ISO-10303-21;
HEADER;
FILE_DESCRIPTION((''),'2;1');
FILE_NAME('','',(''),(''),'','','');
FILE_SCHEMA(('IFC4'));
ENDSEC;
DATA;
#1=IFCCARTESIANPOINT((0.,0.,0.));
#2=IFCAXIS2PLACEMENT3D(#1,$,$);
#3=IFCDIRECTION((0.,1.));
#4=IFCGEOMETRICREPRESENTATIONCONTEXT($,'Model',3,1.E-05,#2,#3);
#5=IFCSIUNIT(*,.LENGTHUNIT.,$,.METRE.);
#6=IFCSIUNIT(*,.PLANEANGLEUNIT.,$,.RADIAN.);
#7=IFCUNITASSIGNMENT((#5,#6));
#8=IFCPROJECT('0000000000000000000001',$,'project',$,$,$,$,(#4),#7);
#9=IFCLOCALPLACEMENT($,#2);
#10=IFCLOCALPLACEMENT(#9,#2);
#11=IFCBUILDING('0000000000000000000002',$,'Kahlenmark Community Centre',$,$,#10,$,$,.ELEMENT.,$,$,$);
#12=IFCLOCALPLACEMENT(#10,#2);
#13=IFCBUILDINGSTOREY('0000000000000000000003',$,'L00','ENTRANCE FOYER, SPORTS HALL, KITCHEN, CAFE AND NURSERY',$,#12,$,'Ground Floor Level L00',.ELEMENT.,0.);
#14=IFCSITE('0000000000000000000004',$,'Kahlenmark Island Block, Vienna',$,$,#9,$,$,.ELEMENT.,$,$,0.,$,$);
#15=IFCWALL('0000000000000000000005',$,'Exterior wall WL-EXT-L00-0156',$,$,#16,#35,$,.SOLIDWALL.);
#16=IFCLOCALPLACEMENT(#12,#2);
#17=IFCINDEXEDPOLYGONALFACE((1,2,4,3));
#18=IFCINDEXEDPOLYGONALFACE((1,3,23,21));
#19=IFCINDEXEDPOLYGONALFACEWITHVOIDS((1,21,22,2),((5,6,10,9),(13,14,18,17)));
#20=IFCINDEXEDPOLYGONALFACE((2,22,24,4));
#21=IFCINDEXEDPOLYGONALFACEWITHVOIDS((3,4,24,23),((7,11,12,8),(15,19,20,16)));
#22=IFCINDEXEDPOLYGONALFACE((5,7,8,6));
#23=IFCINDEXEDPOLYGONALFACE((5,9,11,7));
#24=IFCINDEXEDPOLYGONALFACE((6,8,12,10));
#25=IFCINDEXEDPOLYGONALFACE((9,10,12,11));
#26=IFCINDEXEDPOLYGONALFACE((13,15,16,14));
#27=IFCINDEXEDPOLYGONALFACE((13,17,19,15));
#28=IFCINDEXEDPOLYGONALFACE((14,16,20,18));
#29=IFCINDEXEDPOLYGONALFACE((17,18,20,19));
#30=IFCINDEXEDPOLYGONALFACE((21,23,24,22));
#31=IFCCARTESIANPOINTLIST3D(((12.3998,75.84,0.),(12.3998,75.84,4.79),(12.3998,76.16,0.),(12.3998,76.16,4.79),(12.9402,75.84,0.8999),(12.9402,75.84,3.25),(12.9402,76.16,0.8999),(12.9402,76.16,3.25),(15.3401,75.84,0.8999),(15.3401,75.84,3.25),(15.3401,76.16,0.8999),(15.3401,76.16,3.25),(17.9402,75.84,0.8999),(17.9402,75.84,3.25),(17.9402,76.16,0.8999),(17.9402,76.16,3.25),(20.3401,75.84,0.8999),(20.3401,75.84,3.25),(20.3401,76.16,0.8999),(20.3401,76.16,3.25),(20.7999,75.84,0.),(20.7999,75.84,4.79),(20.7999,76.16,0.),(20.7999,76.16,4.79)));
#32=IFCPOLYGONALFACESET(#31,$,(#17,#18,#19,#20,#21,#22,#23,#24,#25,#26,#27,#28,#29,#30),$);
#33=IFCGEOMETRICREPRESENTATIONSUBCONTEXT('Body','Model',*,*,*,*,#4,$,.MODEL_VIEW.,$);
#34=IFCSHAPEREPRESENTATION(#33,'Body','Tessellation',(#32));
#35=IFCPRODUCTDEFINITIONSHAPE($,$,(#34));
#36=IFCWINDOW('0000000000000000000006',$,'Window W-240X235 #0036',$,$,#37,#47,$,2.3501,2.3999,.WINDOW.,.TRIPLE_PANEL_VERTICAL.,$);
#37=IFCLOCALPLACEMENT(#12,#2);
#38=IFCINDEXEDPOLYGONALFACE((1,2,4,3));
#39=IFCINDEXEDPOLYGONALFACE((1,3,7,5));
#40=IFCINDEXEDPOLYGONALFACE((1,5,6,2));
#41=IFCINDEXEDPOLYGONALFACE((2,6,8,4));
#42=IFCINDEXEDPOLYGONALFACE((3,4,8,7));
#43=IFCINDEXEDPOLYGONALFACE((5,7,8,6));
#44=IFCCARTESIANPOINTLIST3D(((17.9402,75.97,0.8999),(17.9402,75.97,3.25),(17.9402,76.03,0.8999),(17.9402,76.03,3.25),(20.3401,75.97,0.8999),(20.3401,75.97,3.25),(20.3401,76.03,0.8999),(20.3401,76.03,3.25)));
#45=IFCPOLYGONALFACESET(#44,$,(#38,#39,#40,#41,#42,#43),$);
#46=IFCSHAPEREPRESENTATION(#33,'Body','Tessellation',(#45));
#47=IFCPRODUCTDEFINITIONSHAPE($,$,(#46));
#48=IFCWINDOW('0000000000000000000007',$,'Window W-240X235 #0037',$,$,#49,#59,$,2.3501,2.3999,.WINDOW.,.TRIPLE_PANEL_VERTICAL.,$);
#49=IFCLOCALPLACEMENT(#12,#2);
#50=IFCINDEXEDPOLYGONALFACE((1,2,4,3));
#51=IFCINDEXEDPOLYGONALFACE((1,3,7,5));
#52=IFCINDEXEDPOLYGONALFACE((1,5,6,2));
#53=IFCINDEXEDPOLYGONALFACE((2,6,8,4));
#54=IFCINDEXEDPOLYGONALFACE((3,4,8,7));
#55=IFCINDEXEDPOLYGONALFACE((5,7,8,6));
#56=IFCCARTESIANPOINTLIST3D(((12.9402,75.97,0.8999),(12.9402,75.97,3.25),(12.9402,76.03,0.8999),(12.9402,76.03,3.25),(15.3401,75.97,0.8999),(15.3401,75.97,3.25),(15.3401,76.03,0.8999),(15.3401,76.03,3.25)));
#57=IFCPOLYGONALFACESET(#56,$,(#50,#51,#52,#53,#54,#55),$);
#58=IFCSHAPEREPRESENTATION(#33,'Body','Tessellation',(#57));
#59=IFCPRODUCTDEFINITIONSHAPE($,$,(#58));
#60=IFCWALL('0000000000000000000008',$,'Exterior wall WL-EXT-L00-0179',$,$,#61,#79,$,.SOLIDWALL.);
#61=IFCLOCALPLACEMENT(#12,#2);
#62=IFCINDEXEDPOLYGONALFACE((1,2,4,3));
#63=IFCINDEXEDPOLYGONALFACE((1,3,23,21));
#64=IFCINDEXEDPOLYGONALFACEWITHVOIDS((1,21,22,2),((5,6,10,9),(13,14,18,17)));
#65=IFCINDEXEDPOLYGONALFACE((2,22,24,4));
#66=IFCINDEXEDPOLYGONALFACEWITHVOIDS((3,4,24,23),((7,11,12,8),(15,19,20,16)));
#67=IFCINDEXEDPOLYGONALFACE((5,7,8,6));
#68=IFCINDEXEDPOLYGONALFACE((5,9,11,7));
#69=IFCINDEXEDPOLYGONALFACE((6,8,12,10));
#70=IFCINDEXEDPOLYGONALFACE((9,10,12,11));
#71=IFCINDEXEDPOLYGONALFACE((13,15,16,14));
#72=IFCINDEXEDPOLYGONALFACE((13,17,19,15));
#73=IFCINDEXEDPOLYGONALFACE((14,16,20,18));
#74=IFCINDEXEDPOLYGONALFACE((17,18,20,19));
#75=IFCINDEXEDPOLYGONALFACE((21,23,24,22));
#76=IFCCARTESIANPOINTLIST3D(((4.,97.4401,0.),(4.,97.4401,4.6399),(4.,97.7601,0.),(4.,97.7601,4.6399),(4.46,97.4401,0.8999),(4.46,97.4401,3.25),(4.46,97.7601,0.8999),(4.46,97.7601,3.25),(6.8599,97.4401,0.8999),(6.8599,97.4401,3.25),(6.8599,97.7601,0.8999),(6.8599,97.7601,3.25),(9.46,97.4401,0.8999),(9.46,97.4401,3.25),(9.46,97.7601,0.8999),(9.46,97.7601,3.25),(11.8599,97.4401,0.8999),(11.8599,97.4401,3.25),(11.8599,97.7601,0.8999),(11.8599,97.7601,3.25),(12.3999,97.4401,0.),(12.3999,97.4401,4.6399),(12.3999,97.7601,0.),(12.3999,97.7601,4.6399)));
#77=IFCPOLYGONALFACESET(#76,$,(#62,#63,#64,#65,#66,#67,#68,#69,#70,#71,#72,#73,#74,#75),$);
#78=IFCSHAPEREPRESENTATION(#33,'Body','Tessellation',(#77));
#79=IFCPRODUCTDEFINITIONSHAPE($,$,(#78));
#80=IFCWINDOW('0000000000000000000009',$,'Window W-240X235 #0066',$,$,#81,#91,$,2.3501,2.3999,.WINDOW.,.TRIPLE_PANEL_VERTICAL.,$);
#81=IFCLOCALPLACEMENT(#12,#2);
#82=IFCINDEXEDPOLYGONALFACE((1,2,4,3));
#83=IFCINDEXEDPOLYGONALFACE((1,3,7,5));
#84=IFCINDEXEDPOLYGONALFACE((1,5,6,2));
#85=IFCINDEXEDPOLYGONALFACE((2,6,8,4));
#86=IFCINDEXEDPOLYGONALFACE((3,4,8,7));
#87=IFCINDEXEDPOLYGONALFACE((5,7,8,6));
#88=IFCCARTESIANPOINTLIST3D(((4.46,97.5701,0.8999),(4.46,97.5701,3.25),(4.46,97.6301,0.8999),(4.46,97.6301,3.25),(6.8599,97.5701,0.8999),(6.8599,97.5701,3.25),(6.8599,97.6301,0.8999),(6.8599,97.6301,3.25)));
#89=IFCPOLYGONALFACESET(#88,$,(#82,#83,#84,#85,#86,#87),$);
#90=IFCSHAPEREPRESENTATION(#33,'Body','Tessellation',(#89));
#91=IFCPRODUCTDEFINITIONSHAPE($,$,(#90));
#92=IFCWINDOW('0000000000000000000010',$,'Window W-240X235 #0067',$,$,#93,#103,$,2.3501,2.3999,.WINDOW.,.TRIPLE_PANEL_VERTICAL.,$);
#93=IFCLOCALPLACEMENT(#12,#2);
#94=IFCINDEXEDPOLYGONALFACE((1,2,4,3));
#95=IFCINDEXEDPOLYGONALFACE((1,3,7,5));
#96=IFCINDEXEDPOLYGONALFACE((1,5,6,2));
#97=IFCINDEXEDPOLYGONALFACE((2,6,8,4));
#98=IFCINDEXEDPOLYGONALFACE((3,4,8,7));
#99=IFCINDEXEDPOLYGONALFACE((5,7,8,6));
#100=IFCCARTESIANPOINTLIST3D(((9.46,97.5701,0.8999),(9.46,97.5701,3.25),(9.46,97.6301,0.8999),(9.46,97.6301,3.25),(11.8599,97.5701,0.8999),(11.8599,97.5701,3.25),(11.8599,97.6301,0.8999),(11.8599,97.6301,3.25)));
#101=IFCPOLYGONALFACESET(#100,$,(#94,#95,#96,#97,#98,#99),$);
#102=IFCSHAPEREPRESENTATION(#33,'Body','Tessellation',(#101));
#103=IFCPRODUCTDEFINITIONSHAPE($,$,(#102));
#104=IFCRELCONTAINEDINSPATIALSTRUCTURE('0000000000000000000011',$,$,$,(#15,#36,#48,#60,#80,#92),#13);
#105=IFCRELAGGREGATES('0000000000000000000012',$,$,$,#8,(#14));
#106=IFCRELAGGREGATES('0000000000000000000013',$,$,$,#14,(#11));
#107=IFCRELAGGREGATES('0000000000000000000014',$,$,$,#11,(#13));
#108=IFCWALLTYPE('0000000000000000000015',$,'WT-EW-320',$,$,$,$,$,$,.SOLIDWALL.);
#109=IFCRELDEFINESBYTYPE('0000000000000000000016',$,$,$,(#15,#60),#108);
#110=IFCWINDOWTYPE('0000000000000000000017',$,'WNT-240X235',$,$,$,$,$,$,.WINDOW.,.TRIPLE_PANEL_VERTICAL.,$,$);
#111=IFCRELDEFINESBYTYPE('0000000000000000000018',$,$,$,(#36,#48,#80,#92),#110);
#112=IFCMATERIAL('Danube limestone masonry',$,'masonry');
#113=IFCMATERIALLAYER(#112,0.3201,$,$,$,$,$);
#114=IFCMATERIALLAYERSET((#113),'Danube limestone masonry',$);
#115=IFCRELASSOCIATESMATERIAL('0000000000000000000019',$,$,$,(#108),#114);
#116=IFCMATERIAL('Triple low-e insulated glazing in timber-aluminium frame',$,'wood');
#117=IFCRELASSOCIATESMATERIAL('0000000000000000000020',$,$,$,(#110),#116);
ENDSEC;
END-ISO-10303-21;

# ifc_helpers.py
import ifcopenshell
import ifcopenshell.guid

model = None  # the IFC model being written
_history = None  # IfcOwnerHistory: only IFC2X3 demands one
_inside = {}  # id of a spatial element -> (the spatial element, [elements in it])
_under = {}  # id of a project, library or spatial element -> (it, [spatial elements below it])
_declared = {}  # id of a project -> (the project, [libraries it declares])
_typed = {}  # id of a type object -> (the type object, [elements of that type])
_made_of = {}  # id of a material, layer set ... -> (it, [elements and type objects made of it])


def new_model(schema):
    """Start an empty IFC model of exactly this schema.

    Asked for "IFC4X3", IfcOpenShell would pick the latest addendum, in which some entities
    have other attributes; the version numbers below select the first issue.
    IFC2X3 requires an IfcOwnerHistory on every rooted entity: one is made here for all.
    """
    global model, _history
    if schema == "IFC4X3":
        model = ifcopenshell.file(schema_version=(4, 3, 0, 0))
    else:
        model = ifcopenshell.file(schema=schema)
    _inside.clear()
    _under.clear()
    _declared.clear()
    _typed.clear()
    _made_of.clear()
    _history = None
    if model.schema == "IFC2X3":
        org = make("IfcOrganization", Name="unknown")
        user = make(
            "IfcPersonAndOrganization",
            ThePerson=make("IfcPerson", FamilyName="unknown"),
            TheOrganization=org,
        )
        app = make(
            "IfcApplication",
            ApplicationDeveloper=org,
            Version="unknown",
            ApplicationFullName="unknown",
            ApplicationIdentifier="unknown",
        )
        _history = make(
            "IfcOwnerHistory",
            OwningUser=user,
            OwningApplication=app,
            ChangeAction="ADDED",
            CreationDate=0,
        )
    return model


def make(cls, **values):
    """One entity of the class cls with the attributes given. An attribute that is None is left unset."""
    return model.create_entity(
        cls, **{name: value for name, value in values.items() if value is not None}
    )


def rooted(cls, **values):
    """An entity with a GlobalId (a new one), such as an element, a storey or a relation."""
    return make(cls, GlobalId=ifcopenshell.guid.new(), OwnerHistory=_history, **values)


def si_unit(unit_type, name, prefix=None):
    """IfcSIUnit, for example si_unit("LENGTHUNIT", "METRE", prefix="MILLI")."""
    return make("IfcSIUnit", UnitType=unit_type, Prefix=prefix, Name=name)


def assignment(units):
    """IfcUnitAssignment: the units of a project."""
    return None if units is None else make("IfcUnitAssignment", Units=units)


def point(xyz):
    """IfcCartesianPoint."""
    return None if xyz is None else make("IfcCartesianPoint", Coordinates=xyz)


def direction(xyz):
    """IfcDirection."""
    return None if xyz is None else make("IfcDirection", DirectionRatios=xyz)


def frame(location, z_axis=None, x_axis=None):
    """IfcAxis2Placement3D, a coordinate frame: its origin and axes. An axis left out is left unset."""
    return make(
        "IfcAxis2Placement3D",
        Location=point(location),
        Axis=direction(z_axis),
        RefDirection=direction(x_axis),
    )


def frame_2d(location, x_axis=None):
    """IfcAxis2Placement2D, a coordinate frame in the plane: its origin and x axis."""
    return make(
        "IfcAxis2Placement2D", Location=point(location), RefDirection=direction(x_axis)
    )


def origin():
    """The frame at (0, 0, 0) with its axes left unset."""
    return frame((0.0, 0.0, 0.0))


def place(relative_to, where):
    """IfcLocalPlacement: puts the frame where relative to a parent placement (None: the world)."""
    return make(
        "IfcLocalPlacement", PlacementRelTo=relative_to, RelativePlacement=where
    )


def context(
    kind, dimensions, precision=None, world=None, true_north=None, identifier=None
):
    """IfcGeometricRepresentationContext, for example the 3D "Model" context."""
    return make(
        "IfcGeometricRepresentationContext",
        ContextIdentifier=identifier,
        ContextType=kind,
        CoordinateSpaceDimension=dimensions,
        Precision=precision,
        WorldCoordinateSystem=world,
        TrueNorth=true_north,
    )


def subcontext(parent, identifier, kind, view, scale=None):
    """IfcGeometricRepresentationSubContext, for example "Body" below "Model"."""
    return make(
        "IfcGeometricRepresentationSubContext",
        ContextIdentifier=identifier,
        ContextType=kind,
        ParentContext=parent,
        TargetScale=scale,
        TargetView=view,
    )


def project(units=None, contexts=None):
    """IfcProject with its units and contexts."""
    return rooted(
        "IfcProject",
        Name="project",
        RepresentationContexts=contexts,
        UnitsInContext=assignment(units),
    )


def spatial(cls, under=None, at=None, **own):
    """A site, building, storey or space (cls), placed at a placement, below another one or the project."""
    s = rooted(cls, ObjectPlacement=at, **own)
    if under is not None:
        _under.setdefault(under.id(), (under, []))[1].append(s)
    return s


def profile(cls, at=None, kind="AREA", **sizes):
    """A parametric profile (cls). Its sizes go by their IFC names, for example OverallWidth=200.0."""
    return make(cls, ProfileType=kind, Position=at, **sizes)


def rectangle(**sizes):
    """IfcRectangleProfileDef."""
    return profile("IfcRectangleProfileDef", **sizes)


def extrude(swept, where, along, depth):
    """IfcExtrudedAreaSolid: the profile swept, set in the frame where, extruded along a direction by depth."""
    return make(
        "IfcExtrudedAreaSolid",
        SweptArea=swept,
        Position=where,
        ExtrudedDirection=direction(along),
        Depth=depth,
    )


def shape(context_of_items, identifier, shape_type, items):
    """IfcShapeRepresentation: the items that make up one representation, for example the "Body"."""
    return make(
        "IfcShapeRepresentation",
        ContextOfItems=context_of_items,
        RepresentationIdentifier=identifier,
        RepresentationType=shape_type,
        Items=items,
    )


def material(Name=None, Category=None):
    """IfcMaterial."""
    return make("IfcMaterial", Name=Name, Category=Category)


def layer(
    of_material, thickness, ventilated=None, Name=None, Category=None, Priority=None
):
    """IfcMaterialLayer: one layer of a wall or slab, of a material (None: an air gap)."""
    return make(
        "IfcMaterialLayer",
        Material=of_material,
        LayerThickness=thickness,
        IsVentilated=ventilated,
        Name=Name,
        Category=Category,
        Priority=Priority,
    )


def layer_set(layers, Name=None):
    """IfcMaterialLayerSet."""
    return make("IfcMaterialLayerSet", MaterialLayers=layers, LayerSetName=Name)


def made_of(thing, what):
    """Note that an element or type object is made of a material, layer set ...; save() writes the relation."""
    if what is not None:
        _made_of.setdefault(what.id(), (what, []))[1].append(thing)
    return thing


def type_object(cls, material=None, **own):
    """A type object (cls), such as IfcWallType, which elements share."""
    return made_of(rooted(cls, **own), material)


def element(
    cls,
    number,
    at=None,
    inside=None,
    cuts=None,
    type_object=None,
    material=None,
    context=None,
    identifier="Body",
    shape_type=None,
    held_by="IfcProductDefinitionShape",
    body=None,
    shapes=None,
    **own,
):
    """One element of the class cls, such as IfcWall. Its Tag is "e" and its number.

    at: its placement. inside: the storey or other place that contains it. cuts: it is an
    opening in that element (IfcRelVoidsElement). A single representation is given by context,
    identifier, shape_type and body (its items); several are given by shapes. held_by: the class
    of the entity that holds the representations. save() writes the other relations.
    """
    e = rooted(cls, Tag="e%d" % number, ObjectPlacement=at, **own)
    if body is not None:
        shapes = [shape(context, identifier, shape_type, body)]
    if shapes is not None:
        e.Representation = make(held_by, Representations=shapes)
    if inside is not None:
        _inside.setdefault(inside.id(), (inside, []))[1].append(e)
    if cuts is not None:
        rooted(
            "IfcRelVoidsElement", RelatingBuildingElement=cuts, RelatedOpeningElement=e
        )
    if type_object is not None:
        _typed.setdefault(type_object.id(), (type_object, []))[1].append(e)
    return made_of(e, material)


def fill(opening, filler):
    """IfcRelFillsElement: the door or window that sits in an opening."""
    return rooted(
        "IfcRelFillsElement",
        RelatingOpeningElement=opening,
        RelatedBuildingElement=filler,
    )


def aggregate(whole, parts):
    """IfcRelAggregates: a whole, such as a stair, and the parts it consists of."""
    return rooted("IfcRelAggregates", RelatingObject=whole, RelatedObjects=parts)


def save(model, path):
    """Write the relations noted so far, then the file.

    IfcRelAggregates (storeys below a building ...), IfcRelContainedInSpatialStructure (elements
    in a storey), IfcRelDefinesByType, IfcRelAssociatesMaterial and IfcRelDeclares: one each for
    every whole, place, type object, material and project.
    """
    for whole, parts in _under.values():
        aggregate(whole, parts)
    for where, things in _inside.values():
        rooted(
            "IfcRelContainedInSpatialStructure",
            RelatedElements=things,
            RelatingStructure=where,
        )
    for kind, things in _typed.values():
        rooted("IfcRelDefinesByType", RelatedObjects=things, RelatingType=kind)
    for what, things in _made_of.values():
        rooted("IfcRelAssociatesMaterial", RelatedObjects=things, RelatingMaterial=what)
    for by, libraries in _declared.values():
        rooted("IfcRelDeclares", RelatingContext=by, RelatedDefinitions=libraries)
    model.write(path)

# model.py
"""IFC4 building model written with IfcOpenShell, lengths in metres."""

from ifc_helpers import new_model, si_unit, direction, frame, frame_2d, origin, place, context, subcontext, project, spatial, rectangle, extrude, material, layer, layer_set, type_object, element, fill, save


model = new_model("IFC4")

# Units and contexts
model_context = context("Model", 3, precision=1e-05, world=origin(), true_north=direction((0.0, 1.0)))
body_context = subcontext(model_context, "Body", "Model", "MODEL_VIEW")
ifc_project = project(units=[si_unit("LENGTHUNIT", "METRE"), si_unit("PLANEANGLEUNIT", "RADIAN")], contexts=[model_context])

# Site, building, storey
site_placement = place(None, origin())
site = spatial("IfcSite", under=ifc_project, at=site_placement, Name="Kahlenmark Island Block, Vienna", CompositionType="ELEMENT", RefElevation=0.0)
building_placement = place(site_placement, origin())
building = spatial("IfcBuilding", under=site, at=building_placement, Name="Kahlenmark Community Centre", CompositionType="ELEMENT")
storey_placement = place(building_placement, origin())
storey = spatial("IfcBuildingStorey", under=building, at=storey_placement, Name="L00", Description="ENTRANCE FOYER, SPORTS HALL, KITCHEN, CAFE AND NURSERY", LongName="Ground Floor Level L00", CompositionType="ELEMENT", Elevation=0.0)

# Walls, openings, windows
ifc_material_1 = material(Name="Danube limestone masonry", Category="masonry")
ifc_layer = layer(ifc_material_1, 0.3201)
ifc_layer_set = layer_set([ifc_layer], Name="Danube limestone masonry")
wall_type = type_object("IfcWallType", Name="WT-EW-320", PredefinedType="SOLIDWALL", material=ifc_layer_set)
ifc_material_2 = material(Name="Triple low-e insulated glazing in timber-aluminium frame", Category="wood")
window_type = type_object("IfcWindowType", Name="WNT-240X235", PartitioningType="TRIPLE_PANEL_VERTICAL", PredefinedType="WINDOW", material=ifc_material_2)
wall_1_placement = place(storey_placement, frame((20.8, 76.0, 0.0), z_axis=(0.0, 0.0, 1.0), x_axis=(-1.0, 0.0, 0.0)))
wall_1 = element("IfcWall", 1, at=wall_1_placement, inside=storey, type_object=wall_type, Name="Exterior wall WL-EXT-L00-0156", PredefinedType="SOLIDWALL", context=body_context, shape_type="SweptSolid", body=[
    extrude(rectangle(XDim=8.4001, YDim=0.3201, at=frame_2d((4.2002, 0.0))), origin(), (0.0, 0.0, 1.0), 4.79),
])
opening_1_placement = place(wall_1_placement, frame((0.46, 0.0, 0.8999)))
opening_1 = element("IfcOpeningElement", 2, at=opening_1_placement, cuts=wall_1, PredefinedType="OPENING", context=body_context, shape_type="SweptSolid", body=[
    extrude(rectangle(XDim=2.3999, YDim=2.3501, at=frame_2d((1.2, 1.175))), frame((0.0, 0.1699, 0.0), z_axis=(0.0, -1.0, 0.0), x_axis=(1.0, 0.0, 0.0)), (0.0, 0.0, 1.0), 0.3401),
])
opening_2_placement = place(wall_1_placement, frame((5.46, 0.0, 0.8999)))
opening_2 = element("IfcOpeningElement", 3, at=opening_2_placement, cuts=wall_1, PredefinedType="OPENING", context=body_context, shape_type="SweptSolid", body=[
    extrude(rectangle(XDim=2.3999, YDim=2.3501, at=frame_2d((1.2, 1.175))), frame((0.0, 0.1699, 0.0), z_axis=(0.0, -1.0, 0.0), x_axis=(1.0, 0.0, 0.0)), (0.0, 0.0, 1.0), 0.3401),
])
window_1_placement = place(opening_1_placement, origin())
window_1 = element("IfcWindow", 4, at=window_1_placement, inside=storey, type_object=window_type, Name="Window W-240X235 #0036", OverallHeight=2.3501, OverallWidth=2.3999, PartitioningType="TRIPLE_PANEL_VERTICAL", PredefinedType="WINDOW", context=body_context, shape_type="SweptSolid", body=[
    extrude(rectangle(XDim=2.3999, YDim=2.3501, at=frame_2d((1.2, 1.175))), frame((0.0, 0.03, 0.0), z_axis=(0.0, -1.0, 0.0), x_axis=(1.0, 0.0, 0.0)), (0.0, 0.0, 1.0), 0.0601),
])
fill(opening_1, window_1)
window_2_placement = place(opening_2_placement, origin())
window_2 = element("IfcWindow", 5, at=window_2_placement, inside=storey, type_object=window_type, Name="Window W-240X235 #0037", OverallHeight=2.3501, OverallWidth=2.3999, PartitioningType="TRIPLE_PANEL_VERTICAL", PredefinedType="WINDOW", context=body_context, shape_type="SweptSolid", body=[
    extrude(rectangle(XDim=2.3999, YDim=2.3501, at=frame_2d((1.2, 1.175))), frame((0.0, 0.03, 0.0), z_axis=(0.0, -1.0, 0.0), x_axis=(1.0, 0.0, 0.0)), (0.0, 0.0, 1.0), 0.0601),
])
fill(opening_2, window_2)
wall_2_placement = place(storey_placement, frame((4.0, 97.6001, 0.0), z_axis=(0.0, 0.0, 1.0), x_axis=(1.0, 0.0, 0.0)))
wall_2 = element("IfcWall", 6, at=wall_2_placement, inside=storey, type_object=wall_type, Name="Exterior wall WL-EXT-L00-0179", PredefinedType="SOLIDWALL", context=body_context, shape_type="SweptSolid", body=[
    extrude(rectangle(XDim=8.3999, YDim=0.3201, at=frame_2d((4.2, 0.0))), origin(), (0.0, 0.0, 1.0), 4.6399),
])
opening_3_placement = place(wall_2_placement, frame((0.46, 0.0, 0.8999)))
opening_3 = element("IfcOpeningElement", 7, at=opening_3_placement, cuts=wall_2, PredefinedType="OPENING", context=body_context, shape_type="SweptSolid", body=[
    extrude(rectangle(XDim=2.3999, YDim=2.3501, at=frame_2d((1.2, 1.175))), frame((0.0, 0.1699, 0.0), z_axis=(0.0, -1.0, 0.0), x_axis=(1.0, 0.0, 0.0)), (0.0, 0.0, 1.0), 0.3401),
])
opening_4_placement = place(wall_2_placement, frame((5.46, 0.0, 0.8999)))
opening_4 = element("IfcOpeningElement", 8, at=opening_4_placement, cuts=wall_2, PredefinedType="OPENING", context=body_context, shape_type="SweptSolid", body=[
    extrude(rectangle(XDim=2.3999, YDim=2.3501, at=frame_2d((1.2, 1.175))), frame((0.0, 0.1699, 0.0), z_axis=(0.0, -1.0, 0.0), x_axis=(1.0, 0.0, 0.0)), (0.0, 0.0, 1.0), 0.3401),
])
window_3_placement = place(opening_3_placement, origin())
window_3 = element("IfcWindow", 9, at=window_3_placement, inside=storey, type_object=window_type, Name="Window W-240X235 #0066", OverallHeight=2.3501, OverallWidth=2.3999, PartitioningType="TRIPLE_PANEL_VERTICAL", PredefinedType="WINDOW", context=body_context, shape_type="SweptSolid", body=[
    extrude(rectangle(XDim=2.3999, YDim=2.3501, at=frame_2d((1.2, 1.175))), frame((0.0, 0.03, 0.0), z_axis=(0.0, -1.0, 0.0), x_axis=(1.0, 0.0, 0.0)), (0.0, 0.0, 1.0), 0.0601),
])
fill(opening_3, window_3)
window_4_placement = place(opening_4_placement, origin())
window_4 = element("IfcWindow", 10, at=window_4_placement, inside=storey, type_object=window_type, Name="Window W-240X235 #0067", OverallHeight=2.3501, OverallWidth=2.3999, PartitioningType="TRIPLE_PANEL_VERTICAL", PredefinedType="WINDOW", context=body_context, shape_type="SweptSolid", body=[
    extrude(rectangle(XDim=2.3999, YDim=2.3501, at=frame_2d((1.2, 1.175))), frame((0.0, 0.03, 0.0), z_axis=(0.0, -1.0, 0.0), x_axis=(1.0, 0.0, 0.0)), (0.0, 0.0, 1.0), 0.0601),
])
fill(opening_4, window_4)

save(model, "model.ifc")
